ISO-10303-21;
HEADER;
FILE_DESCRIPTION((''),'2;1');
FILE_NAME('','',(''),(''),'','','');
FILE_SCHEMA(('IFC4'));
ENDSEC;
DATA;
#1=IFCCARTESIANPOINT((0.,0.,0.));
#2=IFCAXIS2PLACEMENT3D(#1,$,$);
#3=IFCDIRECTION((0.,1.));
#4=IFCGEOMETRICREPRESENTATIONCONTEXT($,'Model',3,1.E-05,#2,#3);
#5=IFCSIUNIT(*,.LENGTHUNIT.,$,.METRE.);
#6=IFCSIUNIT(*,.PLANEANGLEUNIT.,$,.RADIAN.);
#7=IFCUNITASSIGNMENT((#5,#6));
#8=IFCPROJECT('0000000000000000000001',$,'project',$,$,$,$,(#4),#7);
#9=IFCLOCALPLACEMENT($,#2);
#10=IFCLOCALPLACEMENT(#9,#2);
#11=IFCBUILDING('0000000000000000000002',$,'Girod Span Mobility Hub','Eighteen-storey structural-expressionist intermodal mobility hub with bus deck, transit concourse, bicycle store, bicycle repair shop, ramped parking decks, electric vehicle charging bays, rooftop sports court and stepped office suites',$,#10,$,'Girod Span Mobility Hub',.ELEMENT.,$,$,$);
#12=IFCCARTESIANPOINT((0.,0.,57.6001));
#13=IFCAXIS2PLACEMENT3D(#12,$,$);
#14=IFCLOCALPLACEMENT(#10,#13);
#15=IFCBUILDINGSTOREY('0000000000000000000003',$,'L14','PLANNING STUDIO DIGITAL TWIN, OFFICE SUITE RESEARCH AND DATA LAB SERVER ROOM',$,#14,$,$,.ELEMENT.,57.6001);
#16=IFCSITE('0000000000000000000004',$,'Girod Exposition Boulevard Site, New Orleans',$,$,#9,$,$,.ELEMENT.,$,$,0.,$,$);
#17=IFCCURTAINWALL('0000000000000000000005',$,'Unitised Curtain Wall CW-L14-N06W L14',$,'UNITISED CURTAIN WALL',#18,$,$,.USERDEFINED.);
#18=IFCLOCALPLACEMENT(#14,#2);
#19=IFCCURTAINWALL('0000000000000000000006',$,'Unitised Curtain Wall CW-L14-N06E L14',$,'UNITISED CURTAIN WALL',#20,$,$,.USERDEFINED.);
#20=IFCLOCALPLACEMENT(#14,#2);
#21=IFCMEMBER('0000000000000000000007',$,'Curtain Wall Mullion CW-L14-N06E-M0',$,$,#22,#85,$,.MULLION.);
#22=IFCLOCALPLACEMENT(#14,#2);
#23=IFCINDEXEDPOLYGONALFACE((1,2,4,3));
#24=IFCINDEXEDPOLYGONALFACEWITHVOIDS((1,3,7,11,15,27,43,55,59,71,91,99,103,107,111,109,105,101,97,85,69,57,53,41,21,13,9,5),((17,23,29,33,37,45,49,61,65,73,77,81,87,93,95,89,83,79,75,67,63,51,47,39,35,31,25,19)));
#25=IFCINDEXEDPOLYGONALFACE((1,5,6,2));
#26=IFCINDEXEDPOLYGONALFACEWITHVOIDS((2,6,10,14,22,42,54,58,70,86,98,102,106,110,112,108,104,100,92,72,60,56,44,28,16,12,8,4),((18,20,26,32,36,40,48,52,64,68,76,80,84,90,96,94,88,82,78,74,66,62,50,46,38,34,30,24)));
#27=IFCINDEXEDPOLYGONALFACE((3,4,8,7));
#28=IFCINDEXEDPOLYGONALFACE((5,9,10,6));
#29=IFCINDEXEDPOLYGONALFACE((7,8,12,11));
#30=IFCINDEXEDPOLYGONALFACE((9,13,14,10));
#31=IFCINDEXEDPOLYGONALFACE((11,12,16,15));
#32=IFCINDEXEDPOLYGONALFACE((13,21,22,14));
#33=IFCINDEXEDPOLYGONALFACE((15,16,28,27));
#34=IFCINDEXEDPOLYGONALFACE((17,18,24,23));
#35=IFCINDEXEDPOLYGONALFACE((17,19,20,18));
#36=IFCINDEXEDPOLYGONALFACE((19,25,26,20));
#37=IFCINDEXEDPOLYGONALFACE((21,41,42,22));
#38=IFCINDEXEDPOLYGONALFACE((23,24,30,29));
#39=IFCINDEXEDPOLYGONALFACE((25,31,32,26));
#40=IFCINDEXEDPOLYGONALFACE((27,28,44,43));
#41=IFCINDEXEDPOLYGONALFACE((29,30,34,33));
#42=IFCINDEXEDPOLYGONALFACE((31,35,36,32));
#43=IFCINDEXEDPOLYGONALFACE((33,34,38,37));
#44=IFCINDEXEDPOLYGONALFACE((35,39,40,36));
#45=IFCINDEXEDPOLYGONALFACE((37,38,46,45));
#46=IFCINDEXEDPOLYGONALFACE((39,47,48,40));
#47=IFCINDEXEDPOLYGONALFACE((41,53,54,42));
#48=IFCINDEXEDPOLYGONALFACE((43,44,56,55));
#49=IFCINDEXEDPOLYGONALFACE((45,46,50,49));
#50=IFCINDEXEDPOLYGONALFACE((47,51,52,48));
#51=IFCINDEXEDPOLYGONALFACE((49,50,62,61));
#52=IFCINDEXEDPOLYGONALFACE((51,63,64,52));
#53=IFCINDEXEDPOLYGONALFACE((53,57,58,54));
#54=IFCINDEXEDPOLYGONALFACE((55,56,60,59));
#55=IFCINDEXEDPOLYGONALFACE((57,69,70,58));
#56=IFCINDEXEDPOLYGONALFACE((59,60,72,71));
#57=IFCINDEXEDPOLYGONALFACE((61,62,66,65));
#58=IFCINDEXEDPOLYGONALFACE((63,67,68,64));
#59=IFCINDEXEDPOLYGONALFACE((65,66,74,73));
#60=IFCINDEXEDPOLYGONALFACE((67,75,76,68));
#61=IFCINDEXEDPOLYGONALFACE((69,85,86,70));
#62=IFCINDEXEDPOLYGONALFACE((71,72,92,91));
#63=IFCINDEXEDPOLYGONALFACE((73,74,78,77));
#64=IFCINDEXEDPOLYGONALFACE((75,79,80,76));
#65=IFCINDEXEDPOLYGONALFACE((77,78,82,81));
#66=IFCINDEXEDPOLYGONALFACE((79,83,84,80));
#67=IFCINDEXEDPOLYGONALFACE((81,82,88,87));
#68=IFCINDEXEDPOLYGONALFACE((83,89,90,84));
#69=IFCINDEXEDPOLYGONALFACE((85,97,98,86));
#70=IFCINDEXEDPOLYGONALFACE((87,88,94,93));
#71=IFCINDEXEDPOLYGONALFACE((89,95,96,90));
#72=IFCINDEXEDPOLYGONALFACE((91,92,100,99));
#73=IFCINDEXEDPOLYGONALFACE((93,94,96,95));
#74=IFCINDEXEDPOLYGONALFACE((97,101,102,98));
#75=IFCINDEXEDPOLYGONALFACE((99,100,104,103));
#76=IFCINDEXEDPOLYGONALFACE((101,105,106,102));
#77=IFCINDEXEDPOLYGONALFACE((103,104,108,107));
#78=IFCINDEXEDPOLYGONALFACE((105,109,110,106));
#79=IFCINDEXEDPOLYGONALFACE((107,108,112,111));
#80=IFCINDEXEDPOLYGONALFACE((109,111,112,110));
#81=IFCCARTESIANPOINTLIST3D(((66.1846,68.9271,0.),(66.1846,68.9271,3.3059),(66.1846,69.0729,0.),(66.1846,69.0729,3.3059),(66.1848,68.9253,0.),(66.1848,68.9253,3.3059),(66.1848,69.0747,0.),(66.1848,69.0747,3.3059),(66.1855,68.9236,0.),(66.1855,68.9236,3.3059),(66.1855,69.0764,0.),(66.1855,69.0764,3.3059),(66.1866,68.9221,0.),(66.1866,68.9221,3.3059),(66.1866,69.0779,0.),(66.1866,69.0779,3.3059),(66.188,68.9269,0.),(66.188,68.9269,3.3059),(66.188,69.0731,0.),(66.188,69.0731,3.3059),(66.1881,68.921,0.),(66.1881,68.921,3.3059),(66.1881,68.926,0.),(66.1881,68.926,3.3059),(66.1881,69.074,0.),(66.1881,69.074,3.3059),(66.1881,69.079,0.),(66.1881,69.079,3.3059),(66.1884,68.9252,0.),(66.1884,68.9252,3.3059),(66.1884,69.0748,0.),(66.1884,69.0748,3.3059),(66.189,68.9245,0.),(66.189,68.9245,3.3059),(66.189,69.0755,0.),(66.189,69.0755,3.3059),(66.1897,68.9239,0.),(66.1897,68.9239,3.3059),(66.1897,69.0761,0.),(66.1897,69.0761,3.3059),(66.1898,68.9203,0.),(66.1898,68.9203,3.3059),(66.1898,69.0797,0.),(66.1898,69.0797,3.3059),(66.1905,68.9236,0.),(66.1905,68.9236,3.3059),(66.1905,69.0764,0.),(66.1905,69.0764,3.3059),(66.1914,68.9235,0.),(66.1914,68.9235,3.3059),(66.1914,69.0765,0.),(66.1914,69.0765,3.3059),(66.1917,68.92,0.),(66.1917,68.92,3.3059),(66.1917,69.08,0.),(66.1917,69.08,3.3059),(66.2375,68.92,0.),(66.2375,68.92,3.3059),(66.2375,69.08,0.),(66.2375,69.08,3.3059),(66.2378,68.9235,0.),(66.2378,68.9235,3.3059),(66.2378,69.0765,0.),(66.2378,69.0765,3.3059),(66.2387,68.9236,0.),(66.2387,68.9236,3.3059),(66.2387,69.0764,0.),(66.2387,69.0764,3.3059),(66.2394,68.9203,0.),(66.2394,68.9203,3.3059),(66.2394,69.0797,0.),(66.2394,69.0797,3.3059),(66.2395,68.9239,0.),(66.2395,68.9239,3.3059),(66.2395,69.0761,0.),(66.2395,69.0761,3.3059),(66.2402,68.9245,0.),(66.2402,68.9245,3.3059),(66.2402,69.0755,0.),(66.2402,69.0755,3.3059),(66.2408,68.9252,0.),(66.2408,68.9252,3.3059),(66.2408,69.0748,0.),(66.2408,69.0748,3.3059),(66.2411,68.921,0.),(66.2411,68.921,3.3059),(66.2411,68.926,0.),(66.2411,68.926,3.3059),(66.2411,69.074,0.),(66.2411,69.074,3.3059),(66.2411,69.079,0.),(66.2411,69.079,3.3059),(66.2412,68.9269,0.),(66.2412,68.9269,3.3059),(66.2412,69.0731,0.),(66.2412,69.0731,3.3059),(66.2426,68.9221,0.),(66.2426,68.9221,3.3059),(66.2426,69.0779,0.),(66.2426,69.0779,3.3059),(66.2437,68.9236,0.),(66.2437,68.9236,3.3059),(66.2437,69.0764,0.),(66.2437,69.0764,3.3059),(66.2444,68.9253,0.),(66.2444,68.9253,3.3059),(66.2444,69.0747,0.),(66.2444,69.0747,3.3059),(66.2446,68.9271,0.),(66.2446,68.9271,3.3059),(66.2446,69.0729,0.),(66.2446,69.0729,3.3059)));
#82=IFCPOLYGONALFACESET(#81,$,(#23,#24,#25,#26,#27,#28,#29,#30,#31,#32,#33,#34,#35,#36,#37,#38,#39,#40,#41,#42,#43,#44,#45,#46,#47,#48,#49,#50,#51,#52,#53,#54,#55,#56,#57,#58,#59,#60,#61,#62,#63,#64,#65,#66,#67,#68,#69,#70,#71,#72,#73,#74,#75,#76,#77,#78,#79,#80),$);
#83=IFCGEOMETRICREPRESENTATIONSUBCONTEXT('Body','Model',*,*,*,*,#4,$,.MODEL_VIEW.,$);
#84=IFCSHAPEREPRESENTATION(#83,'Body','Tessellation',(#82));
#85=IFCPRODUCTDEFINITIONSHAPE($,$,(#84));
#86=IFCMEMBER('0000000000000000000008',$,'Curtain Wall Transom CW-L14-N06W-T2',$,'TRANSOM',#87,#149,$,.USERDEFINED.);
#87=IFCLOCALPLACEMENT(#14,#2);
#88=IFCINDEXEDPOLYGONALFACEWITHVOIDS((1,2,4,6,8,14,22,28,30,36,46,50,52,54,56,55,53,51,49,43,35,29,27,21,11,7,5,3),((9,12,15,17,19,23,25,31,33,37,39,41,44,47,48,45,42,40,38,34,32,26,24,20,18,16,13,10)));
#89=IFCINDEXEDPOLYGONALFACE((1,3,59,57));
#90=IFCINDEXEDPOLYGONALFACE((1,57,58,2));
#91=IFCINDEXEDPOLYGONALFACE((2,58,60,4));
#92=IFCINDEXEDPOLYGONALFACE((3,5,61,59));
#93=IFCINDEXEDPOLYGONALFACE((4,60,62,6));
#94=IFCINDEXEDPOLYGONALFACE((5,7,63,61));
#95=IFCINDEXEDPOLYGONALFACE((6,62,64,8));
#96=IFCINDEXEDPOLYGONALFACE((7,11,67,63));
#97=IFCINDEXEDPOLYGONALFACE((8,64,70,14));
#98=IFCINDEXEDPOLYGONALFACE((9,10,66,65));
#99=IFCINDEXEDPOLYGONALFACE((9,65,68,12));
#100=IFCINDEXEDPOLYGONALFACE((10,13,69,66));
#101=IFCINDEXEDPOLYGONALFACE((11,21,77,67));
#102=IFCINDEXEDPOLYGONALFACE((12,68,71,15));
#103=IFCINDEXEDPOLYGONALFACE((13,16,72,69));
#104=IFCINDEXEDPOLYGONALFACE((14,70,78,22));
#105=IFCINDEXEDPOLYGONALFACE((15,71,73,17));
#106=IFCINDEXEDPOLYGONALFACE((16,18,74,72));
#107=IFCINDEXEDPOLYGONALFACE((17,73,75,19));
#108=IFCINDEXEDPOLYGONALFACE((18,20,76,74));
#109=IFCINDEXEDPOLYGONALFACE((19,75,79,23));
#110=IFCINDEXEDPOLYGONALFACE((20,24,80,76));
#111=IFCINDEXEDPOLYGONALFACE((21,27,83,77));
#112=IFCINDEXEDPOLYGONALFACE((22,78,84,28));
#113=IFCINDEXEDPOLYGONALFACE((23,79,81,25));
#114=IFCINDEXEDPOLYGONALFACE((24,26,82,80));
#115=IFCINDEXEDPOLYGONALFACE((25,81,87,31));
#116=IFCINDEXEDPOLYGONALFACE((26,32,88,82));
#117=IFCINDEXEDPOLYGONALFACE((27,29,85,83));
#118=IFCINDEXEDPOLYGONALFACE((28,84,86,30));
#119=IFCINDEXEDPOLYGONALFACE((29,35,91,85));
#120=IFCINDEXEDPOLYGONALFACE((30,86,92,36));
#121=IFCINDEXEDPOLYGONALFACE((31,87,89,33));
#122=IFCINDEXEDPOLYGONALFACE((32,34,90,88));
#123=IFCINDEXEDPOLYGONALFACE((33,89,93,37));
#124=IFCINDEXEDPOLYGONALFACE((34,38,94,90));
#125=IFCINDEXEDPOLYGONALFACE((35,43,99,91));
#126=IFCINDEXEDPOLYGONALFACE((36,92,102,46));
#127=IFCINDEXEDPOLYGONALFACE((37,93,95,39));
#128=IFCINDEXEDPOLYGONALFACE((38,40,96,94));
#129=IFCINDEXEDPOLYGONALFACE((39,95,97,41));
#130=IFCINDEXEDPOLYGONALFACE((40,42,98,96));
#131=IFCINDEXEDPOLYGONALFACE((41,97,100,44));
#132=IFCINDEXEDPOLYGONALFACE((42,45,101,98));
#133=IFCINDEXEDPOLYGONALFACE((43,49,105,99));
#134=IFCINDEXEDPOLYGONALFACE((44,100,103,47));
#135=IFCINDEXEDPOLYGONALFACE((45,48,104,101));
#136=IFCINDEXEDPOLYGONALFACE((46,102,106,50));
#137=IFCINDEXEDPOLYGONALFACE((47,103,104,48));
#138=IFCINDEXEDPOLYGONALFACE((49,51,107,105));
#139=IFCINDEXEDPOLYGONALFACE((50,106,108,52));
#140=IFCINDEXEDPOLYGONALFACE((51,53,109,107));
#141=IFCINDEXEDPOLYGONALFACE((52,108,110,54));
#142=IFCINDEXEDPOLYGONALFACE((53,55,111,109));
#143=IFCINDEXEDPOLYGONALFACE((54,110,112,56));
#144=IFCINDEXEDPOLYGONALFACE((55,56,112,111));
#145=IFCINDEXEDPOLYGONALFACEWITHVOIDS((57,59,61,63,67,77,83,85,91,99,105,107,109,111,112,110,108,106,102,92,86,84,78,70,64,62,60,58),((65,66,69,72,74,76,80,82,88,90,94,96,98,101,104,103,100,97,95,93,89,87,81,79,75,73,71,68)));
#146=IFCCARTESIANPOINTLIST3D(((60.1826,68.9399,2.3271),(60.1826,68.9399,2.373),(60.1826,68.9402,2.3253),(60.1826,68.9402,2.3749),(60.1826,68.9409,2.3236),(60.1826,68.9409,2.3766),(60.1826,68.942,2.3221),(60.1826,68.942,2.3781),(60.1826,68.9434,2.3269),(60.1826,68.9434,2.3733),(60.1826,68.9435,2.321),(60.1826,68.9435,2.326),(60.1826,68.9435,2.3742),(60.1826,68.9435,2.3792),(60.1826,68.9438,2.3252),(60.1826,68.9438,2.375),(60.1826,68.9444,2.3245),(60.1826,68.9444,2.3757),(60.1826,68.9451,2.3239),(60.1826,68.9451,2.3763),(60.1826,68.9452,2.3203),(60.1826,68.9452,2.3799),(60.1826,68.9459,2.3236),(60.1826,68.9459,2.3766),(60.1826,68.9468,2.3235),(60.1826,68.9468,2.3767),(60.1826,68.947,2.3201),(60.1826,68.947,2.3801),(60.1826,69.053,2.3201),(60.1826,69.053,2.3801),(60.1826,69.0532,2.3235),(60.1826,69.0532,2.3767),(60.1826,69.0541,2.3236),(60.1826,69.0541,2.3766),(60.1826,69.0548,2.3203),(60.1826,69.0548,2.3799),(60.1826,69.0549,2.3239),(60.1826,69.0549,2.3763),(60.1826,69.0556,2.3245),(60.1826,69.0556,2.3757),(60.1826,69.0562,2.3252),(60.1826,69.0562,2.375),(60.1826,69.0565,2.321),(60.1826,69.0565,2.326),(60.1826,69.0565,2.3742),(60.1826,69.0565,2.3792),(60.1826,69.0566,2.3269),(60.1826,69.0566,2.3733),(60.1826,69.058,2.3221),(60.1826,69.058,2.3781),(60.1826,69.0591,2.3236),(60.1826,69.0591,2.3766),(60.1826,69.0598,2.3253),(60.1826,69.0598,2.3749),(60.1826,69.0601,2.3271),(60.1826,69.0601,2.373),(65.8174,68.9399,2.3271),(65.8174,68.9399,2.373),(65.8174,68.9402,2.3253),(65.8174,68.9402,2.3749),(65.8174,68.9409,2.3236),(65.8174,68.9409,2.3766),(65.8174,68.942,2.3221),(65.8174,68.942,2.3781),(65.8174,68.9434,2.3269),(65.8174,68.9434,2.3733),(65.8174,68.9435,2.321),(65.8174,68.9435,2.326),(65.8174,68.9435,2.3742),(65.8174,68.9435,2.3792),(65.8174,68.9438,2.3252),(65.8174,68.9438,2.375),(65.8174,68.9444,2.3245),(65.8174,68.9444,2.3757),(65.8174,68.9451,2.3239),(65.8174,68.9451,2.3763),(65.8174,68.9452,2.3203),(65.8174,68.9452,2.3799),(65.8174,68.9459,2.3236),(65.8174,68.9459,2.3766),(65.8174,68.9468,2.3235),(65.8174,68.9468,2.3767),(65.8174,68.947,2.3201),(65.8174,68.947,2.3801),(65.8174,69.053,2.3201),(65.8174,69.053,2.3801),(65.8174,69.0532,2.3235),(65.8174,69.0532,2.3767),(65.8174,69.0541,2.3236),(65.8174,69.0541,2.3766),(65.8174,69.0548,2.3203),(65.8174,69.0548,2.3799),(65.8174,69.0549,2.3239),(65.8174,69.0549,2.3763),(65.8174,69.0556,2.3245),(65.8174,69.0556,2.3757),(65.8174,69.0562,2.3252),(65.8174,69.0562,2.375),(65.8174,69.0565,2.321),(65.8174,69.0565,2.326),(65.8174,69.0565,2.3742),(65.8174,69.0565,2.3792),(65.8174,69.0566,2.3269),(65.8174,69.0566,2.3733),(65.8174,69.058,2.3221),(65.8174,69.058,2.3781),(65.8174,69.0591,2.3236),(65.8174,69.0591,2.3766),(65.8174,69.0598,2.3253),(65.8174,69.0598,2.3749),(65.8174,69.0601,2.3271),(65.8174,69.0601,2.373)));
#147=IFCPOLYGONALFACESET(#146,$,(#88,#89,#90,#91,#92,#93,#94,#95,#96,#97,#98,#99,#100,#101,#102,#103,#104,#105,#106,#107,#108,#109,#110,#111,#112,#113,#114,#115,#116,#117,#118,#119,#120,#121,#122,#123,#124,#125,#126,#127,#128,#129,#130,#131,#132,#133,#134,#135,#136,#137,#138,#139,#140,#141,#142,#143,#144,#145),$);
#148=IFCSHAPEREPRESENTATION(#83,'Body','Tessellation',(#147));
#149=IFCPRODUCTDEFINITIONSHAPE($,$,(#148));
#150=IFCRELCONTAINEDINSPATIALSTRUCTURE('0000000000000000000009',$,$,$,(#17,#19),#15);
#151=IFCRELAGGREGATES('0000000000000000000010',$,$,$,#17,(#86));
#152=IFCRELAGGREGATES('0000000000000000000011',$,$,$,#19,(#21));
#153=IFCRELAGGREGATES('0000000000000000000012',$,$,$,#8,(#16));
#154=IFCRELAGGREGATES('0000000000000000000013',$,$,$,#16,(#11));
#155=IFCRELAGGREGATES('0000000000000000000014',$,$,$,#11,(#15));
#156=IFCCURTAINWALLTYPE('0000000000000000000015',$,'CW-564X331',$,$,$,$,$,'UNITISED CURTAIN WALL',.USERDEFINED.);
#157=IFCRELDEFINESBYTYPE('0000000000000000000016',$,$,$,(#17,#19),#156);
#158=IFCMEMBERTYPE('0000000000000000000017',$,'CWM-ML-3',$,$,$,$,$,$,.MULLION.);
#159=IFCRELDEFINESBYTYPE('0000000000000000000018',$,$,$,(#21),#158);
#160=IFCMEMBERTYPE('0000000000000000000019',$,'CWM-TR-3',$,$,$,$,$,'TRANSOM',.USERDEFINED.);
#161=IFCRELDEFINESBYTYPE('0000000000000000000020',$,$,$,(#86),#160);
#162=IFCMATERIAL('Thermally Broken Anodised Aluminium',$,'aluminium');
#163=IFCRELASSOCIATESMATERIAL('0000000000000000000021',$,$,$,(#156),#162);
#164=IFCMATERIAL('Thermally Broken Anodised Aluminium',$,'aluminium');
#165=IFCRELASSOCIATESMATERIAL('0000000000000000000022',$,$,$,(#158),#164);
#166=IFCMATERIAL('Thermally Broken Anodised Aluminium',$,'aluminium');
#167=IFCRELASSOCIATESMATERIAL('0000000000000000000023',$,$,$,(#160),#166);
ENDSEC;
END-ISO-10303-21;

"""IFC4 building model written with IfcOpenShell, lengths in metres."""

from ifc_helpers import new_model, si_unit, direction, frame, origin, origin_2d, place, context, subcontext, project, spatial, hollow_rectangle, extrude, material, material_profile, profile_set, type_object, element, aggregate, save


model = new_model("IFC4")

# Units and contexts
model_context = context("Model", 3, precision=1e-05, world=origin(), true_north=direction((0.0, 1.0)))
body_context = subcontext(model_context, "Body", "Model", "MODEL_VIEW")
ifc_project = project(units=[si_unit("LENGTHUNIT", "METRE"), si_unit("PLANEANGLEUNIT", "RADIAN")], contexts=[model_context])

# Site, building, storey
site_placement = place(None, origin())
site = spatial("IfcSite", under=ifc_project, at=site_placement, Name="Girod Exposition Boulevard Site, New Orleans", CompositionType="ELEMENT", RefElevation=0.0)
building_placement = place(site_placement, origin())
building = spatial("IfcBuilding", under=site, at=building_placement, Name="Girod Span Mobility Hub", Description="Eighteen-storey structural-expressionist intermodal mobility hub with bus deck, transit concourse, bicycle store, bicycle repair shop, ramped parking decks, electric vehicle charging bays, rooftop sports court and stepped office suites", LongName="Girod Span Mobility Hub", CompositionType="ELEMENT")
storey_placement = place(building_placement, frame((0.0, 0.0, 57.6001)))
storey = spatial("IfcBuildingStorey", under=building, at=storey_placement, Name="L14", Description="PLANNING STUDIO DIGITAL TWIN, OFFICE SUITE RESEARCH AND DATA LAB SERVER ROOM", CompositionType="ELEMENT", Elevation=57.6001)

# Curtain wall
ifc_material_1 = material(Name="Thermally Broken Anodised Aluminium", Category="aluminium")
curtain_wall_type = type_object("IfcCurtainWallType", Name="CW-564X331", ElementType="UNITISED CURTAIN WALL", PredefinedType="USERDEFINED", material=ifc_material_1)
curtain_wall_1_placement = place(storey_placement, origin())
curtain_wall_1 = element("IfcCurtainWall", 1, at=curtain_wall_1_placement, inside=storey, type_object=curtain_wall_type, Name="Unitised Curtain Wall CW-L14-N06W L14", ObjectType="UNITISED CURTAIN WALL", PredefinedType="USERDEFINED")
ifc_material_2 = material(Name="Thermally Broken Anodised Aluminium", Category="aluminium")
ifc_material_profile_1 = material_profile(ifc_material_2, hollow_rectangle(XDim=0.1599, YDim=0.0601, WallThickness=0.0034, InnerFilletRadius=0.0034, OuterFilletRadius=0.0071, at=origin_2d()), Name="CW-ML-60X160")
ifc_profile_set_1 = profile_set([ifc_material_profile_1], Name="Thermally Broken Anodised Aluminium")
member_type_1 = type_object("IfcMemberType", Name="CWM-ML-3", PredefinedType="MULLION", material=ifc_profile_set_1)

# Curtain wall, member
curtain_wall_2_placement = place(storey_placement, origin())
curtain_wall_2 = element("IfcCurtainWall", 2, at=curtain_wall_2_placement, inside=storey, type_object=curtain_wall_type, Name="Unitised Curtain Wall CW-L14-N06E L14", ObjectType="UNITISED CURTAIN WALL", PredefinedType="USERDEFINED")
member_1_placement = place(storey_placement, frame((66.2146, 69.0, 0.0), z_axis=(0.0, 0.0, 1.0), x_axis=(0.0, 1.0, 0.0)))
member_1 = element("IfcMember", 3, at=member_1_placement, type_object=member_type_1, Name="Curtain Wall Mullion CW-L14-N06E-M0", PredefinedType="MULLION", context=body_context, shape_type="SweptSolid", body=[
    extrude(hollow_rectangle(XDim=0.1599, YDim=0.0601, WallThickness=0.0034, InnerFilletRadius=0.0034, OuterFilletRadius=0.0071, at=origin_2d()), origin(), (0.0, 0.0, 1.0), 3.3059),
])

# Member
ifc_material_3 = material(Name="Thermally Broken Anodised Aluminium", Category="aluminium")
ifc_material_profile_2 = material_profile(ifc_material_3, hollow_rectangle(XDim=0.1201, YDim=0.0601, WallThickness=0.0034, InnerFilletRadius=0.0034, OuterFilletRadius=0.0071, at=origin_2d()), Name="CW-TR-60X120")
ifc_profile_set_2 = profile_set([ifc_material_profile_2], Name="Thermally Broken Anodised Aluminium")
member_type_2 = type_object("IfcMemberType", Name="CWM-TR-3", ElementType="TRANSOM", PredefinedType="USERDEFINED", material=ifc_profile_set_2)
member_2_placement = place(storey_placement, frame((60.1826, 69.0, 2.3501), z_axis=(1.0, 0.0, 0.0), x_axis=(0.0, 1.0, 0.0)))
member_2 = element("IfcMember", 4, at=member_2_placement, type_object=member_type_2, Name="Curtain Wall Transom CW-L14-N06W-T2", ObjectType="TRANSOM", PredefinedType="USERDEFINED", context=body_context, shape_type="SweptSolid", body=[
    extrude(hollow_rectangle(XDim=0.1201, YDim=0.0601, WallThickness=0.0034, InnerFilletRadius=0.0034, OuterFilletRadius=0.0071, at=origin_2d()), origin(), (0.0, 0.0, 1.0), 5.6348),
])

aggregate(curtain_wall_1, [member_2])
aggregate(curtain_wall_2, [member_1])

save(model, "model.ifc")
